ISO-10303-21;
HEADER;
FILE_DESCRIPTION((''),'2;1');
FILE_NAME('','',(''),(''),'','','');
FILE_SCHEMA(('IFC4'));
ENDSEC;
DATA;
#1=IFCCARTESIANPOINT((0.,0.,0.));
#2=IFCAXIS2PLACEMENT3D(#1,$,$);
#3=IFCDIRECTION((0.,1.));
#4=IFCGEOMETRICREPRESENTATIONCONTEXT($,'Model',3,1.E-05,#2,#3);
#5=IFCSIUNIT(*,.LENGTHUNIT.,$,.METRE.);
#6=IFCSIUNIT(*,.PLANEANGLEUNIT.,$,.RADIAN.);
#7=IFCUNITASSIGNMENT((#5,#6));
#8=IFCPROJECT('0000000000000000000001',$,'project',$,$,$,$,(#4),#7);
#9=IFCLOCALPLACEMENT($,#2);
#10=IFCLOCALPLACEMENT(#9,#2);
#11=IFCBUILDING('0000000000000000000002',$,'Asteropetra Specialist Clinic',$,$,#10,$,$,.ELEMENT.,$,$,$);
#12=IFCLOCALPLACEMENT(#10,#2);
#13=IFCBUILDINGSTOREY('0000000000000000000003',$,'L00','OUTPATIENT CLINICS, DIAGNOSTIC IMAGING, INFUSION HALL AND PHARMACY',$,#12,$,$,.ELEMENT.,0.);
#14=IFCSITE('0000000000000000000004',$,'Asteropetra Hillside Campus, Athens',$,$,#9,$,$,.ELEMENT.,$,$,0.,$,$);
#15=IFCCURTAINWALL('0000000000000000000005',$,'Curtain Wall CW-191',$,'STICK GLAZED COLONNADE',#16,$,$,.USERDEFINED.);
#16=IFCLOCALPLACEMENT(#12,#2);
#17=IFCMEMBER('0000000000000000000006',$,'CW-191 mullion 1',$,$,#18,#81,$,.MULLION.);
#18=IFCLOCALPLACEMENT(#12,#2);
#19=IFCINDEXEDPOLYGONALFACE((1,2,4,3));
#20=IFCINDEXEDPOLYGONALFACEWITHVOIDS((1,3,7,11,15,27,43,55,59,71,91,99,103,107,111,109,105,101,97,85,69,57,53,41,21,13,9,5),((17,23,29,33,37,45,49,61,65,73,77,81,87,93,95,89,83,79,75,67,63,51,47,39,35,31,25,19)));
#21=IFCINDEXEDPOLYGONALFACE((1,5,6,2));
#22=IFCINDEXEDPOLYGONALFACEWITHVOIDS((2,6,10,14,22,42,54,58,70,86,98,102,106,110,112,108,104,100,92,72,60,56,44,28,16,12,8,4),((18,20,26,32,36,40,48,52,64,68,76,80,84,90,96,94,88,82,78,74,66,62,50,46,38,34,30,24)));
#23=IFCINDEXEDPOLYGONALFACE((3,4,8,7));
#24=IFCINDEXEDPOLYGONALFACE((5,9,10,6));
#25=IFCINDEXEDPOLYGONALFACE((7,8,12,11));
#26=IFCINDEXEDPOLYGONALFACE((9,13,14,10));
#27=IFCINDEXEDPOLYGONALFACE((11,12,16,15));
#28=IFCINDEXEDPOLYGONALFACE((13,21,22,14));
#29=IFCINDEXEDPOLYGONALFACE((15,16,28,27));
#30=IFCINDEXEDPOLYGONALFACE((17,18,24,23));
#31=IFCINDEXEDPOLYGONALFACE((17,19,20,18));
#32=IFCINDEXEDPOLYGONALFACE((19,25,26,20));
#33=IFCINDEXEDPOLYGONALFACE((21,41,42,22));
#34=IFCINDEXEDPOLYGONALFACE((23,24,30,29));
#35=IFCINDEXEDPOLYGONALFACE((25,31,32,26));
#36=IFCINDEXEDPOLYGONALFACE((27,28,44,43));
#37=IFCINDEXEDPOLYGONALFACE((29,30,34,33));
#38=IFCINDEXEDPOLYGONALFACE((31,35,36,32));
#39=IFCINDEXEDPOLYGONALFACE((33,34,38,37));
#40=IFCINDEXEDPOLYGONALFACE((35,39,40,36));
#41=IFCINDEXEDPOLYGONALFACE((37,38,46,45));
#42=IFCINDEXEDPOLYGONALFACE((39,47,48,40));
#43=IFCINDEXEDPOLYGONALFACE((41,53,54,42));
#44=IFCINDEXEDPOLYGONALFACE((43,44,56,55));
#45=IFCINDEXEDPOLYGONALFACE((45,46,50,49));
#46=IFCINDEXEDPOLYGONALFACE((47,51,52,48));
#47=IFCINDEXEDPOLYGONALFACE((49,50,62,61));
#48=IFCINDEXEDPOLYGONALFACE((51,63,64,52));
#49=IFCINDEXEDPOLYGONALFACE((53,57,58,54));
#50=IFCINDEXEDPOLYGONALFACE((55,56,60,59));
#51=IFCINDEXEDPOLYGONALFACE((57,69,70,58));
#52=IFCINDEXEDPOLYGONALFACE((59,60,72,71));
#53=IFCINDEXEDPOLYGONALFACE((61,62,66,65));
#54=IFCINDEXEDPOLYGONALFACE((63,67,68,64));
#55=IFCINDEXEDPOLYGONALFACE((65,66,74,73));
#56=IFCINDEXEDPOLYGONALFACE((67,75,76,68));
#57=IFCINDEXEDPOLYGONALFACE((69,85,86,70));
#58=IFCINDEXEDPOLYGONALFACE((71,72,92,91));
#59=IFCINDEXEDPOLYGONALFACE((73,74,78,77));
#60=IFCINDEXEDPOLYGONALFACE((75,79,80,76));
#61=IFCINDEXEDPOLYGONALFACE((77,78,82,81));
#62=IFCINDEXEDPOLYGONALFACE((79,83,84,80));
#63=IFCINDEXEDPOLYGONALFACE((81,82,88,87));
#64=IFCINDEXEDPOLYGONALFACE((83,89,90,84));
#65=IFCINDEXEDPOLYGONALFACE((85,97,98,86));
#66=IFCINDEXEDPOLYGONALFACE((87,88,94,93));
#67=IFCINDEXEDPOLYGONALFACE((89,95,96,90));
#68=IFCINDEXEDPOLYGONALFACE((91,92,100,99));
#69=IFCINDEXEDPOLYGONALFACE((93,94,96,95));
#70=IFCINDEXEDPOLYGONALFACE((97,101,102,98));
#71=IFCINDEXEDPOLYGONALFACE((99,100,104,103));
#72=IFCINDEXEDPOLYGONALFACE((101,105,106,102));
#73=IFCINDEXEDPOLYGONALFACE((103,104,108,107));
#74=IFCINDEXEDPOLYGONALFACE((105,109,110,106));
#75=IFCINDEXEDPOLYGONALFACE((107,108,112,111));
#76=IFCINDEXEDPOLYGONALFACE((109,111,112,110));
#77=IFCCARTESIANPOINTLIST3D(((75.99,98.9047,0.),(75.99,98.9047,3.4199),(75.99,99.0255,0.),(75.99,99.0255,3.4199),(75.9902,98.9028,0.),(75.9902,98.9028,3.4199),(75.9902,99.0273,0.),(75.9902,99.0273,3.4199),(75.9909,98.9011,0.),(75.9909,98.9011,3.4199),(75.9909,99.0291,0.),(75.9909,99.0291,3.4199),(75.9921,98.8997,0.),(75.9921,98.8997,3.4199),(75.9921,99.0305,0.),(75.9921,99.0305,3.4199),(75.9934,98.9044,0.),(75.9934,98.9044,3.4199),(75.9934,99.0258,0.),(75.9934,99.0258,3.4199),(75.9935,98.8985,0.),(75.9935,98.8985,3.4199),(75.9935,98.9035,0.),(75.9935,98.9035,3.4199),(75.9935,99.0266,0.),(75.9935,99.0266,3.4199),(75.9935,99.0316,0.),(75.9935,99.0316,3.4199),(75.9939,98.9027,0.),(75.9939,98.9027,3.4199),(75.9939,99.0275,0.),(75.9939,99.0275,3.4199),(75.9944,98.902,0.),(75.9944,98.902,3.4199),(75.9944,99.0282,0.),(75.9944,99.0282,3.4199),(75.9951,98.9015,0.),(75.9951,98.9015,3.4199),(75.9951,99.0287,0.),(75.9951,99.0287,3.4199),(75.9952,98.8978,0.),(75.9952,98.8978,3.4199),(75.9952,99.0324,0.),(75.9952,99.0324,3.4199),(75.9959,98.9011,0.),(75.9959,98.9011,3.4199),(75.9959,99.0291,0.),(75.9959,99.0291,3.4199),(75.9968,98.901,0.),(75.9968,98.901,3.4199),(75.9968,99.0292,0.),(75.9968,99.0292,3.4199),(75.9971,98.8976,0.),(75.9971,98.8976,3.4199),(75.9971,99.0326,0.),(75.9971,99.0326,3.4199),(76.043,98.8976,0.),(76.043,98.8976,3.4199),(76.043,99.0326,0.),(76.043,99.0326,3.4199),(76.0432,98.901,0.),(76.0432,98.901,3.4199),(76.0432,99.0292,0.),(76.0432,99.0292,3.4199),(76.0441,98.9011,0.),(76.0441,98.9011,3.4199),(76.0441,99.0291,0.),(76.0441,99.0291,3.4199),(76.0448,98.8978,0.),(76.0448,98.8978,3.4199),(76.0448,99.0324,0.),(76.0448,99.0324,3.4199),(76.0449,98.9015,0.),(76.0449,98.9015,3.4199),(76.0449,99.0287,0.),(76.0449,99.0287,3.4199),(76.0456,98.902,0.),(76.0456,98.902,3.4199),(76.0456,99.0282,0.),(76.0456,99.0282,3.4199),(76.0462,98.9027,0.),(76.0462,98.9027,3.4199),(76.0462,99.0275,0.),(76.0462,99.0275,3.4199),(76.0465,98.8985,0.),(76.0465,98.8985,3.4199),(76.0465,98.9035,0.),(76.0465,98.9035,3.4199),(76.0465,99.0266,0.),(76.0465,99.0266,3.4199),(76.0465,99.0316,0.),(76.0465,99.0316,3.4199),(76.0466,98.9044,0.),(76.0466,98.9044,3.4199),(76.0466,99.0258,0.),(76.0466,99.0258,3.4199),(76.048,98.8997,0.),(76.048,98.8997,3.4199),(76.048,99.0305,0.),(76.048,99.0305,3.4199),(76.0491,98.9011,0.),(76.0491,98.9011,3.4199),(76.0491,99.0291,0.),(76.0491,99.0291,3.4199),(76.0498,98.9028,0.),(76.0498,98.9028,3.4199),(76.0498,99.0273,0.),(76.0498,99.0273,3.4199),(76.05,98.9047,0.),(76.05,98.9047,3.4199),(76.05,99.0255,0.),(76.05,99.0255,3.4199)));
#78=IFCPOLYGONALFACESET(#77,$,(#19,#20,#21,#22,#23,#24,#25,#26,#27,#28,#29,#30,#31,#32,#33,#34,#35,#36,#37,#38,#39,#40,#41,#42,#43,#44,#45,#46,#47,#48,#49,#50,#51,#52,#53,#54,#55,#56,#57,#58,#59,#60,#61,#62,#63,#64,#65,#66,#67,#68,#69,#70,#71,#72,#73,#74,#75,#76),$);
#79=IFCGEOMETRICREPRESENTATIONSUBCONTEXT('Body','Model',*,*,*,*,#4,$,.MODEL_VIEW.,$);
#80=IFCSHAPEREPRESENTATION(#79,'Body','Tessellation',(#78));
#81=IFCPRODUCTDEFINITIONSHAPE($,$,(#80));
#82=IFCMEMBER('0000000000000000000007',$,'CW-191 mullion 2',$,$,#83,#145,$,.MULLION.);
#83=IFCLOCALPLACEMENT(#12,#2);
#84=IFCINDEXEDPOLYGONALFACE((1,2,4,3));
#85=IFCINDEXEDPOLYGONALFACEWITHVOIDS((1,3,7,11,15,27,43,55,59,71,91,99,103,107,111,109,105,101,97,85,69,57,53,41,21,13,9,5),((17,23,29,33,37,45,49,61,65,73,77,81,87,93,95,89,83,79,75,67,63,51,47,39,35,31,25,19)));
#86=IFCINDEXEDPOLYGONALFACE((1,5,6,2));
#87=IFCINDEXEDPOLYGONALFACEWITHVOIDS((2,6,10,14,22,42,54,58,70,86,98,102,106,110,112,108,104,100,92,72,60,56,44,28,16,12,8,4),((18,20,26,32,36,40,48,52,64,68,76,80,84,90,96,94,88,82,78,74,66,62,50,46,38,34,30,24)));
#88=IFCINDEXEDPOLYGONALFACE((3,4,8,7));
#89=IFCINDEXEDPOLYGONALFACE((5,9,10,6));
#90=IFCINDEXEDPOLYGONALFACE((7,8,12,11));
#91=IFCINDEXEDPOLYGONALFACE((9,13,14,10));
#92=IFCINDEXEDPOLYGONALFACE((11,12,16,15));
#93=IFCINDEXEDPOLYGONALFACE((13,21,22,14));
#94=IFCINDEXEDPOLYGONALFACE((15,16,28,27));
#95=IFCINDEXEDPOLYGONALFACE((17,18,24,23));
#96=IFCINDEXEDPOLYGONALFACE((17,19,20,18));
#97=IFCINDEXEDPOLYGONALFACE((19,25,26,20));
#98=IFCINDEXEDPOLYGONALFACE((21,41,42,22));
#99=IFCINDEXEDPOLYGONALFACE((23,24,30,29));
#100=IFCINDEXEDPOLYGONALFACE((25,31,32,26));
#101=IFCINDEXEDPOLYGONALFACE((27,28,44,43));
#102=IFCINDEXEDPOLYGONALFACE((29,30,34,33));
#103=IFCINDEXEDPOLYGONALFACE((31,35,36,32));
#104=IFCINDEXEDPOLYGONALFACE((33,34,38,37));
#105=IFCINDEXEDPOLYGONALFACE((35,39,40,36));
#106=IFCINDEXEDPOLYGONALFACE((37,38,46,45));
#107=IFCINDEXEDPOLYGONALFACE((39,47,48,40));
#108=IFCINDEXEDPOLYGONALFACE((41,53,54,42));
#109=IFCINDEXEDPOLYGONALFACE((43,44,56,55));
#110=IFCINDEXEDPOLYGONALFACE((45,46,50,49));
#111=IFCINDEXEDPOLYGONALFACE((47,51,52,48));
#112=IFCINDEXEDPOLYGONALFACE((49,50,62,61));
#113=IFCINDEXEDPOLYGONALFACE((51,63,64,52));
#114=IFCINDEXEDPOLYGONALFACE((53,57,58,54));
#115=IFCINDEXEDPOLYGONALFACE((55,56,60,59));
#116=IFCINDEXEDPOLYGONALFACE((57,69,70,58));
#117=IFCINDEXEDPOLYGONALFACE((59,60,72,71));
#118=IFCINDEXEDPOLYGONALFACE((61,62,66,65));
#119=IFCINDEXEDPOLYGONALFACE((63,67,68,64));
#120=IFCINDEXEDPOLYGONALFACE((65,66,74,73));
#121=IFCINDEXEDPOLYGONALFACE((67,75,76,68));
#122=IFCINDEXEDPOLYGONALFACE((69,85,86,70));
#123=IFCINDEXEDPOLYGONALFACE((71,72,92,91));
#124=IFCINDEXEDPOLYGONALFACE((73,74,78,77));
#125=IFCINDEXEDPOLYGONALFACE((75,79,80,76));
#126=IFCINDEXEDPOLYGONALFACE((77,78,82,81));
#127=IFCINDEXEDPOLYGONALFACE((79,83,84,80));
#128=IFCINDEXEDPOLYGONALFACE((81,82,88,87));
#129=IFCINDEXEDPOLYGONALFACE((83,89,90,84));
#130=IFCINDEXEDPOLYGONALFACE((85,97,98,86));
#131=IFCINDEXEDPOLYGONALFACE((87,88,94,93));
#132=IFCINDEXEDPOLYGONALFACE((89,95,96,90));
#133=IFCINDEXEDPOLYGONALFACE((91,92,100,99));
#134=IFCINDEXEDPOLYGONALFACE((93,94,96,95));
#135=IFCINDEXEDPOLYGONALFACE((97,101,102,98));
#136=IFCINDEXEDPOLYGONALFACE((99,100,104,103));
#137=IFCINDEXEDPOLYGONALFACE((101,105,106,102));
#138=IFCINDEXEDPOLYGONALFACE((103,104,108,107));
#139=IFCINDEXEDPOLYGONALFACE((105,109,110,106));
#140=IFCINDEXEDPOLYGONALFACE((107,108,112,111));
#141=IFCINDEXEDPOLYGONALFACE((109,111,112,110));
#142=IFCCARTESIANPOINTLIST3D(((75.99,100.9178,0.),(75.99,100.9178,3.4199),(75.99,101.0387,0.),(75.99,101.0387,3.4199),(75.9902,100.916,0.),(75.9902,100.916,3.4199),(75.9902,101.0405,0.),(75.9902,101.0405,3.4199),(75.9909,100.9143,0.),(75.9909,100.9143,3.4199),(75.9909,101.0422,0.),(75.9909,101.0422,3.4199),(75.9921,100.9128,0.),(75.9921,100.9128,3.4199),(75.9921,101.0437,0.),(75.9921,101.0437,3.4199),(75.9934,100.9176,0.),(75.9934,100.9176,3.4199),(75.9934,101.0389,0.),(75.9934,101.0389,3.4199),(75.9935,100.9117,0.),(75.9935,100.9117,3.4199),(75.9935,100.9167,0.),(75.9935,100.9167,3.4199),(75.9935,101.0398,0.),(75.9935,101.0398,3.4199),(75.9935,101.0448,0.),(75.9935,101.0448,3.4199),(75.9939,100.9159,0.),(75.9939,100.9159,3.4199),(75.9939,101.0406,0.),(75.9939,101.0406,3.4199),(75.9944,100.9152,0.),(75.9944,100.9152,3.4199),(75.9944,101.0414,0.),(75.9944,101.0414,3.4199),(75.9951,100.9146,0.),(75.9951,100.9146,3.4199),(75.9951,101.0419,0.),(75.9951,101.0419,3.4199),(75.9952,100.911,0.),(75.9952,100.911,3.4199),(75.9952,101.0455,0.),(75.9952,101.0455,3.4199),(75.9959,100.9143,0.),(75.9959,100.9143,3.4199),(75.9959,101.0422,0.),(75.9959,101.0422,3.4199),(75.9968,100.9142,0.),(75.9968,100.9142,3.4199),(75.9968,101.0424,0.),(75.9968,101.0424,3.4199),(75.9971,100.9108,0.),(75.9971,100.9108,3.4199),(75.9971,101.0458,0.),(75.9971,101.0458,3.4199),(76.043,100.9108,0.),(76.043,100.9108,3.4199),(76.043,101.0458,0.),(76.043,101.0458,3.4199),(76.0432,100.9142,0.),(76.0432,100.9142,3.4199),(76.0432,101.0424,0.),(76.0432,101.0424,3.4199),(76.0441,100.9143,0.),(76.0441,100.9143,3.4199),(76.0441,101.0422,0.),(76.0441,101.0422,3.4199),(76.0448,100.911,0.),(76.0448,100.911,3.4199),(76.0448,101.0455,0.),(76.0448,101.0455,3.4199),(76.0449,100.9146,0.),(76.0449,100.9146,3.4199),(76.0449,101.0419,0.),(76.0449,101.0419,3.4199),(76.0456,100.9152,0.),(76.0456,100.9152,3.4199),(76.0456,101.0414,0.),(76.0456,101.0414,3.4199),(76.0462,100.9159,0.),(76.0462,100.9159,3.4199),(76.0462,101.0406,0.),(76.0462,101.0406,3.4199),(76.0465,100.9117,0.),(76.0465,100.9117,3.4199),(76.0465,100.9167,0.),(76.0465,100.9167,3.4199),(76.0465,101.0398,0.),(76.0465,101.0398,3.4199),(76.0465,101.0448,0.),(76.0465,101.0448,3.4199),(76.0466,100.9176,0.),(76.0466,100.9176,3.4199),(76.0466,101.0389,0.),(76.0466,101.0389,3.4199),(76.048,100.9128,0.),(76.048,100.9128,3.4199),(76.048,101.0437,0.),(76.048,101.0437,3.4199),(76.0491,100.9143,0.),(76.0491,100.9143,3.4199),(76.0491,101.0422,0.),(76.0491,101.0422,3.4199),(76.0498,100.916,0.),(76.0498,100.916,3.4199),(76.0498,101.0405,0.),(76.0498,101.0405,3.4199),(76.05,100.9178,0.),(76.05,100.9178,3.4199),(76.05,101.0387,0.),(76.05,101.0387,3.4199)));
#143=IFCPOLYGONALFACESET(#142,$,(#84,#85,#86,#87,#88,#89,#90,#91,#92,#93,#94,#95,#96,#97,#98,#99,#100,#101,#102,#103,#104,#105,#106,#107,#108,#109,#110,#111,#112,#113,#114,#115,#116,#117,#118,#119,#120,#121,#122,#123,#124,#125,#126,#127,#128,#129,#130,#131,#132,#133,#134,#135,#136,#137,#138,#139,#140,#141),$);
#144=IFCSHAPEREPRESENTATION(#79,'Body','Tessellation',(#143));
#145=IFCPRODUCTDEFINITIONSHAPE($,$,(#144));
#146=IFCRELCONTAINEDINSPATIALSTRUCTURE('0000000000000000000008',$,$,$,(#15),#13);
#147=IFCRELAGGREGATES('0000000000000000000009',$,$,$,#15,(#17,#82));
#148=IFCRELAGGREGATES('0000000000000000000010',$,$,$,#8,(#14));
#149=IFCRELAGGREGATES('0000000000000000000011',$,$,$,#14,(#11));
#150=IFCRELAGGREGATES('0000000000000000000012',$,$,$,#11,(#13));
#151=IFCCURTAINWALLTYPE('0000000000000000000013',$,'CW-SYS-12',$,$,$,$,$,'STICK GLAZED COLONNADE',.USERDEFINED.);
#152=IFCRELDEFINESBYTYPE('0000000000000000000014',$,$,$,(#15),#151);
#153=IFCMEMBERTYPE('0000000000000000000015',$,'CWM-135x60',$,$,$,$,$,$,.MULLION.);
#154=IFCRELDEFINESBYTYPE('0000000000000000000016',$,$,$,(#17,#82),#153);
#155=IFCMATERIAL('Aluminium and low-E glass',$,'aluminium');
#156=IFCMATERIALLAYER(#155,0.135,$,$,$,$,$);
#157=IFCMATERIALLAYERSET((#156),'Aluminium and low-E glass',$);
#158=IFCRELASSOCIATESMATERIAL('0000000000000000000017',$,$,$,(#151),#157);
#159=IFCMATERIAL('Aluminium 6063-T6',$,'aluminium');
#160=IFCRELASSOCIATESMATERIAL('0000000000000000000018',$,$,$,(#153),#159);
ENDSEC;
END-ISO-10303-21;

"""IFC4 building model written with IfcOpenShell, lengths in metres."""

from ifc_helpers import new_model, si_unit, direction, frame, origin, origin_2d, place, context, subcontext, project, spatial, hollow_rectangle, extrude, material, layer, layer_set, material_profile, profile_set, type_object, element, aggregate, save


model = new_model("IFC4")

# Units and contexts
model_context = context("Model", 3, precision=1e-05, world=origin(), true_north=direction((0.0, 1.0)))
body_context = subcontext(model_context, "Body", "Model", "MODEL_VIEW")
ifc_project = project(units=[si_unit("LENGTHUNIT", "METRE"), si_unit("PLANEANGLEUNIT", "RADIAN")], contexts=[model_context])

# Site, building, storey
site_placement = place(None, origin())
site = spatial("IfcSite", under=ifc_project, at=site_placement, Name="Asteropetra Hillside Campus, Athens", CompositionType="ELEMENT", RefElevation=0.0)
building_placement = place(site_placement, origin())
building = spatial("IfcBuilding", under=site, at=building_placement, Name="Asteropetra Specialist Clinic", CompositionType="ELEMENT")
storey_placement = place(building_placement, origin())
storey = spatial("IfcBuildingStorey", under=building, at=storey_placement, Name="L00", Description="OUTPATIENT CLINICS, DIAGNOSTIC IMAGING, INFUSION HALL AND PHARMACY", CompositionType="ELEMENT", Elevation=0.0)

# Curtain wall, members
ifc_material_1 = material(Name="Aluminium and low-E glass", Category="aluminium")
ifc_layer_1 = layer(ifc_material_1, 0.135)
ifc_layer_set_1 = layer_set([ifc_layer_1], Name="Aluminium and low-E glass")
curtain_wall_type = type_object("IfcCurtainWallType", Name="CW-SYS-12", ElementType="STICK GLAZED COLONNADE", PredefinedType="USERDEFINED", material=ifc_layer_set_1)
curtain_wall_placement = place(storey_placement, origin())
curtain_wall = element("IfcCurtainWall", 1, at=curtain_wall_placement, inside=storey, type_object=curtain_wall_type, Name="Curtain Wall CW-191", ObjectType="STICK GLAZED COLONNADE", PredefinedType="USERDEFINED")
ifc_material_2 = material(Name="Aluminium 6063-T6", Category="aluminium")
ifc_material_profile_1 = material_profile(ifc_material_2, hollow_rectangle(XDim=0.0601, YDim=0.135, WallThickness=0.0034, InnerFilletRadius=0.0034, OuterFilletRadius=0.0071, at=origin_2d()), Name="MUL 135x60x3.5")
ifc_profile_set_1 = profile_set([ifc_material_profile_1], Name="Aluminium 6063-T6")
member_type_1 = type_object("IfcMemberType", Name="CWM-135x60", PredefinedType="MULLION", material=ifc_profile_set_1)
member_1_placement = place(storey_placement, frame((76.02, 98.9651, 0.0), z_axis=(0.0, 0.0, 1.0), x_axis=(-1.0, 0.0, 0.0)))
member_1 = element("IfcMember", 2, at=member_1_placement, type_object=member_type_1, Name="CW-191 mullion 1", PredefinedType="MULLION", context=body_context, shape_type="SweptSolid", body=[
    extrude(hollow_rectangle(XDim=0.0601, YDim=0.135, WallThickness=0.0034, InnerFilletRadius=0.0034, OuterFilletRadius=0.0071, at=origin_2d()), origin(), (0.0, 0.0, 1.0), 3.4199),
])
member_2_placement = place(storey_placement, frame((76.02, 100.9783, 0.0), z_axis=(0.0, 0.0, 1.0), x_axis=(-1.0, 0.0, 0.0)))
member_2 = element("IfcMember", 3, at=member_2_placement, type_object=member_type_1, Name="CW-191 mullion 2", PredefinedType="MULLION", context=body_context, shape_type="SweptSolid", body=[
    extrude(hollow_rectangle(XDim=0.0601, YDim=0.135, WallThickness=0.0034, InnerFilletRadius=0.0034, OuterFilletRadius=0.0071, at=origin_2d()), origin(), (0.0, 0.0, 1.0), 3.4199),
])
aggregate(curtain_wall, [member_1, member_2])

save(model, "model.ifc")
